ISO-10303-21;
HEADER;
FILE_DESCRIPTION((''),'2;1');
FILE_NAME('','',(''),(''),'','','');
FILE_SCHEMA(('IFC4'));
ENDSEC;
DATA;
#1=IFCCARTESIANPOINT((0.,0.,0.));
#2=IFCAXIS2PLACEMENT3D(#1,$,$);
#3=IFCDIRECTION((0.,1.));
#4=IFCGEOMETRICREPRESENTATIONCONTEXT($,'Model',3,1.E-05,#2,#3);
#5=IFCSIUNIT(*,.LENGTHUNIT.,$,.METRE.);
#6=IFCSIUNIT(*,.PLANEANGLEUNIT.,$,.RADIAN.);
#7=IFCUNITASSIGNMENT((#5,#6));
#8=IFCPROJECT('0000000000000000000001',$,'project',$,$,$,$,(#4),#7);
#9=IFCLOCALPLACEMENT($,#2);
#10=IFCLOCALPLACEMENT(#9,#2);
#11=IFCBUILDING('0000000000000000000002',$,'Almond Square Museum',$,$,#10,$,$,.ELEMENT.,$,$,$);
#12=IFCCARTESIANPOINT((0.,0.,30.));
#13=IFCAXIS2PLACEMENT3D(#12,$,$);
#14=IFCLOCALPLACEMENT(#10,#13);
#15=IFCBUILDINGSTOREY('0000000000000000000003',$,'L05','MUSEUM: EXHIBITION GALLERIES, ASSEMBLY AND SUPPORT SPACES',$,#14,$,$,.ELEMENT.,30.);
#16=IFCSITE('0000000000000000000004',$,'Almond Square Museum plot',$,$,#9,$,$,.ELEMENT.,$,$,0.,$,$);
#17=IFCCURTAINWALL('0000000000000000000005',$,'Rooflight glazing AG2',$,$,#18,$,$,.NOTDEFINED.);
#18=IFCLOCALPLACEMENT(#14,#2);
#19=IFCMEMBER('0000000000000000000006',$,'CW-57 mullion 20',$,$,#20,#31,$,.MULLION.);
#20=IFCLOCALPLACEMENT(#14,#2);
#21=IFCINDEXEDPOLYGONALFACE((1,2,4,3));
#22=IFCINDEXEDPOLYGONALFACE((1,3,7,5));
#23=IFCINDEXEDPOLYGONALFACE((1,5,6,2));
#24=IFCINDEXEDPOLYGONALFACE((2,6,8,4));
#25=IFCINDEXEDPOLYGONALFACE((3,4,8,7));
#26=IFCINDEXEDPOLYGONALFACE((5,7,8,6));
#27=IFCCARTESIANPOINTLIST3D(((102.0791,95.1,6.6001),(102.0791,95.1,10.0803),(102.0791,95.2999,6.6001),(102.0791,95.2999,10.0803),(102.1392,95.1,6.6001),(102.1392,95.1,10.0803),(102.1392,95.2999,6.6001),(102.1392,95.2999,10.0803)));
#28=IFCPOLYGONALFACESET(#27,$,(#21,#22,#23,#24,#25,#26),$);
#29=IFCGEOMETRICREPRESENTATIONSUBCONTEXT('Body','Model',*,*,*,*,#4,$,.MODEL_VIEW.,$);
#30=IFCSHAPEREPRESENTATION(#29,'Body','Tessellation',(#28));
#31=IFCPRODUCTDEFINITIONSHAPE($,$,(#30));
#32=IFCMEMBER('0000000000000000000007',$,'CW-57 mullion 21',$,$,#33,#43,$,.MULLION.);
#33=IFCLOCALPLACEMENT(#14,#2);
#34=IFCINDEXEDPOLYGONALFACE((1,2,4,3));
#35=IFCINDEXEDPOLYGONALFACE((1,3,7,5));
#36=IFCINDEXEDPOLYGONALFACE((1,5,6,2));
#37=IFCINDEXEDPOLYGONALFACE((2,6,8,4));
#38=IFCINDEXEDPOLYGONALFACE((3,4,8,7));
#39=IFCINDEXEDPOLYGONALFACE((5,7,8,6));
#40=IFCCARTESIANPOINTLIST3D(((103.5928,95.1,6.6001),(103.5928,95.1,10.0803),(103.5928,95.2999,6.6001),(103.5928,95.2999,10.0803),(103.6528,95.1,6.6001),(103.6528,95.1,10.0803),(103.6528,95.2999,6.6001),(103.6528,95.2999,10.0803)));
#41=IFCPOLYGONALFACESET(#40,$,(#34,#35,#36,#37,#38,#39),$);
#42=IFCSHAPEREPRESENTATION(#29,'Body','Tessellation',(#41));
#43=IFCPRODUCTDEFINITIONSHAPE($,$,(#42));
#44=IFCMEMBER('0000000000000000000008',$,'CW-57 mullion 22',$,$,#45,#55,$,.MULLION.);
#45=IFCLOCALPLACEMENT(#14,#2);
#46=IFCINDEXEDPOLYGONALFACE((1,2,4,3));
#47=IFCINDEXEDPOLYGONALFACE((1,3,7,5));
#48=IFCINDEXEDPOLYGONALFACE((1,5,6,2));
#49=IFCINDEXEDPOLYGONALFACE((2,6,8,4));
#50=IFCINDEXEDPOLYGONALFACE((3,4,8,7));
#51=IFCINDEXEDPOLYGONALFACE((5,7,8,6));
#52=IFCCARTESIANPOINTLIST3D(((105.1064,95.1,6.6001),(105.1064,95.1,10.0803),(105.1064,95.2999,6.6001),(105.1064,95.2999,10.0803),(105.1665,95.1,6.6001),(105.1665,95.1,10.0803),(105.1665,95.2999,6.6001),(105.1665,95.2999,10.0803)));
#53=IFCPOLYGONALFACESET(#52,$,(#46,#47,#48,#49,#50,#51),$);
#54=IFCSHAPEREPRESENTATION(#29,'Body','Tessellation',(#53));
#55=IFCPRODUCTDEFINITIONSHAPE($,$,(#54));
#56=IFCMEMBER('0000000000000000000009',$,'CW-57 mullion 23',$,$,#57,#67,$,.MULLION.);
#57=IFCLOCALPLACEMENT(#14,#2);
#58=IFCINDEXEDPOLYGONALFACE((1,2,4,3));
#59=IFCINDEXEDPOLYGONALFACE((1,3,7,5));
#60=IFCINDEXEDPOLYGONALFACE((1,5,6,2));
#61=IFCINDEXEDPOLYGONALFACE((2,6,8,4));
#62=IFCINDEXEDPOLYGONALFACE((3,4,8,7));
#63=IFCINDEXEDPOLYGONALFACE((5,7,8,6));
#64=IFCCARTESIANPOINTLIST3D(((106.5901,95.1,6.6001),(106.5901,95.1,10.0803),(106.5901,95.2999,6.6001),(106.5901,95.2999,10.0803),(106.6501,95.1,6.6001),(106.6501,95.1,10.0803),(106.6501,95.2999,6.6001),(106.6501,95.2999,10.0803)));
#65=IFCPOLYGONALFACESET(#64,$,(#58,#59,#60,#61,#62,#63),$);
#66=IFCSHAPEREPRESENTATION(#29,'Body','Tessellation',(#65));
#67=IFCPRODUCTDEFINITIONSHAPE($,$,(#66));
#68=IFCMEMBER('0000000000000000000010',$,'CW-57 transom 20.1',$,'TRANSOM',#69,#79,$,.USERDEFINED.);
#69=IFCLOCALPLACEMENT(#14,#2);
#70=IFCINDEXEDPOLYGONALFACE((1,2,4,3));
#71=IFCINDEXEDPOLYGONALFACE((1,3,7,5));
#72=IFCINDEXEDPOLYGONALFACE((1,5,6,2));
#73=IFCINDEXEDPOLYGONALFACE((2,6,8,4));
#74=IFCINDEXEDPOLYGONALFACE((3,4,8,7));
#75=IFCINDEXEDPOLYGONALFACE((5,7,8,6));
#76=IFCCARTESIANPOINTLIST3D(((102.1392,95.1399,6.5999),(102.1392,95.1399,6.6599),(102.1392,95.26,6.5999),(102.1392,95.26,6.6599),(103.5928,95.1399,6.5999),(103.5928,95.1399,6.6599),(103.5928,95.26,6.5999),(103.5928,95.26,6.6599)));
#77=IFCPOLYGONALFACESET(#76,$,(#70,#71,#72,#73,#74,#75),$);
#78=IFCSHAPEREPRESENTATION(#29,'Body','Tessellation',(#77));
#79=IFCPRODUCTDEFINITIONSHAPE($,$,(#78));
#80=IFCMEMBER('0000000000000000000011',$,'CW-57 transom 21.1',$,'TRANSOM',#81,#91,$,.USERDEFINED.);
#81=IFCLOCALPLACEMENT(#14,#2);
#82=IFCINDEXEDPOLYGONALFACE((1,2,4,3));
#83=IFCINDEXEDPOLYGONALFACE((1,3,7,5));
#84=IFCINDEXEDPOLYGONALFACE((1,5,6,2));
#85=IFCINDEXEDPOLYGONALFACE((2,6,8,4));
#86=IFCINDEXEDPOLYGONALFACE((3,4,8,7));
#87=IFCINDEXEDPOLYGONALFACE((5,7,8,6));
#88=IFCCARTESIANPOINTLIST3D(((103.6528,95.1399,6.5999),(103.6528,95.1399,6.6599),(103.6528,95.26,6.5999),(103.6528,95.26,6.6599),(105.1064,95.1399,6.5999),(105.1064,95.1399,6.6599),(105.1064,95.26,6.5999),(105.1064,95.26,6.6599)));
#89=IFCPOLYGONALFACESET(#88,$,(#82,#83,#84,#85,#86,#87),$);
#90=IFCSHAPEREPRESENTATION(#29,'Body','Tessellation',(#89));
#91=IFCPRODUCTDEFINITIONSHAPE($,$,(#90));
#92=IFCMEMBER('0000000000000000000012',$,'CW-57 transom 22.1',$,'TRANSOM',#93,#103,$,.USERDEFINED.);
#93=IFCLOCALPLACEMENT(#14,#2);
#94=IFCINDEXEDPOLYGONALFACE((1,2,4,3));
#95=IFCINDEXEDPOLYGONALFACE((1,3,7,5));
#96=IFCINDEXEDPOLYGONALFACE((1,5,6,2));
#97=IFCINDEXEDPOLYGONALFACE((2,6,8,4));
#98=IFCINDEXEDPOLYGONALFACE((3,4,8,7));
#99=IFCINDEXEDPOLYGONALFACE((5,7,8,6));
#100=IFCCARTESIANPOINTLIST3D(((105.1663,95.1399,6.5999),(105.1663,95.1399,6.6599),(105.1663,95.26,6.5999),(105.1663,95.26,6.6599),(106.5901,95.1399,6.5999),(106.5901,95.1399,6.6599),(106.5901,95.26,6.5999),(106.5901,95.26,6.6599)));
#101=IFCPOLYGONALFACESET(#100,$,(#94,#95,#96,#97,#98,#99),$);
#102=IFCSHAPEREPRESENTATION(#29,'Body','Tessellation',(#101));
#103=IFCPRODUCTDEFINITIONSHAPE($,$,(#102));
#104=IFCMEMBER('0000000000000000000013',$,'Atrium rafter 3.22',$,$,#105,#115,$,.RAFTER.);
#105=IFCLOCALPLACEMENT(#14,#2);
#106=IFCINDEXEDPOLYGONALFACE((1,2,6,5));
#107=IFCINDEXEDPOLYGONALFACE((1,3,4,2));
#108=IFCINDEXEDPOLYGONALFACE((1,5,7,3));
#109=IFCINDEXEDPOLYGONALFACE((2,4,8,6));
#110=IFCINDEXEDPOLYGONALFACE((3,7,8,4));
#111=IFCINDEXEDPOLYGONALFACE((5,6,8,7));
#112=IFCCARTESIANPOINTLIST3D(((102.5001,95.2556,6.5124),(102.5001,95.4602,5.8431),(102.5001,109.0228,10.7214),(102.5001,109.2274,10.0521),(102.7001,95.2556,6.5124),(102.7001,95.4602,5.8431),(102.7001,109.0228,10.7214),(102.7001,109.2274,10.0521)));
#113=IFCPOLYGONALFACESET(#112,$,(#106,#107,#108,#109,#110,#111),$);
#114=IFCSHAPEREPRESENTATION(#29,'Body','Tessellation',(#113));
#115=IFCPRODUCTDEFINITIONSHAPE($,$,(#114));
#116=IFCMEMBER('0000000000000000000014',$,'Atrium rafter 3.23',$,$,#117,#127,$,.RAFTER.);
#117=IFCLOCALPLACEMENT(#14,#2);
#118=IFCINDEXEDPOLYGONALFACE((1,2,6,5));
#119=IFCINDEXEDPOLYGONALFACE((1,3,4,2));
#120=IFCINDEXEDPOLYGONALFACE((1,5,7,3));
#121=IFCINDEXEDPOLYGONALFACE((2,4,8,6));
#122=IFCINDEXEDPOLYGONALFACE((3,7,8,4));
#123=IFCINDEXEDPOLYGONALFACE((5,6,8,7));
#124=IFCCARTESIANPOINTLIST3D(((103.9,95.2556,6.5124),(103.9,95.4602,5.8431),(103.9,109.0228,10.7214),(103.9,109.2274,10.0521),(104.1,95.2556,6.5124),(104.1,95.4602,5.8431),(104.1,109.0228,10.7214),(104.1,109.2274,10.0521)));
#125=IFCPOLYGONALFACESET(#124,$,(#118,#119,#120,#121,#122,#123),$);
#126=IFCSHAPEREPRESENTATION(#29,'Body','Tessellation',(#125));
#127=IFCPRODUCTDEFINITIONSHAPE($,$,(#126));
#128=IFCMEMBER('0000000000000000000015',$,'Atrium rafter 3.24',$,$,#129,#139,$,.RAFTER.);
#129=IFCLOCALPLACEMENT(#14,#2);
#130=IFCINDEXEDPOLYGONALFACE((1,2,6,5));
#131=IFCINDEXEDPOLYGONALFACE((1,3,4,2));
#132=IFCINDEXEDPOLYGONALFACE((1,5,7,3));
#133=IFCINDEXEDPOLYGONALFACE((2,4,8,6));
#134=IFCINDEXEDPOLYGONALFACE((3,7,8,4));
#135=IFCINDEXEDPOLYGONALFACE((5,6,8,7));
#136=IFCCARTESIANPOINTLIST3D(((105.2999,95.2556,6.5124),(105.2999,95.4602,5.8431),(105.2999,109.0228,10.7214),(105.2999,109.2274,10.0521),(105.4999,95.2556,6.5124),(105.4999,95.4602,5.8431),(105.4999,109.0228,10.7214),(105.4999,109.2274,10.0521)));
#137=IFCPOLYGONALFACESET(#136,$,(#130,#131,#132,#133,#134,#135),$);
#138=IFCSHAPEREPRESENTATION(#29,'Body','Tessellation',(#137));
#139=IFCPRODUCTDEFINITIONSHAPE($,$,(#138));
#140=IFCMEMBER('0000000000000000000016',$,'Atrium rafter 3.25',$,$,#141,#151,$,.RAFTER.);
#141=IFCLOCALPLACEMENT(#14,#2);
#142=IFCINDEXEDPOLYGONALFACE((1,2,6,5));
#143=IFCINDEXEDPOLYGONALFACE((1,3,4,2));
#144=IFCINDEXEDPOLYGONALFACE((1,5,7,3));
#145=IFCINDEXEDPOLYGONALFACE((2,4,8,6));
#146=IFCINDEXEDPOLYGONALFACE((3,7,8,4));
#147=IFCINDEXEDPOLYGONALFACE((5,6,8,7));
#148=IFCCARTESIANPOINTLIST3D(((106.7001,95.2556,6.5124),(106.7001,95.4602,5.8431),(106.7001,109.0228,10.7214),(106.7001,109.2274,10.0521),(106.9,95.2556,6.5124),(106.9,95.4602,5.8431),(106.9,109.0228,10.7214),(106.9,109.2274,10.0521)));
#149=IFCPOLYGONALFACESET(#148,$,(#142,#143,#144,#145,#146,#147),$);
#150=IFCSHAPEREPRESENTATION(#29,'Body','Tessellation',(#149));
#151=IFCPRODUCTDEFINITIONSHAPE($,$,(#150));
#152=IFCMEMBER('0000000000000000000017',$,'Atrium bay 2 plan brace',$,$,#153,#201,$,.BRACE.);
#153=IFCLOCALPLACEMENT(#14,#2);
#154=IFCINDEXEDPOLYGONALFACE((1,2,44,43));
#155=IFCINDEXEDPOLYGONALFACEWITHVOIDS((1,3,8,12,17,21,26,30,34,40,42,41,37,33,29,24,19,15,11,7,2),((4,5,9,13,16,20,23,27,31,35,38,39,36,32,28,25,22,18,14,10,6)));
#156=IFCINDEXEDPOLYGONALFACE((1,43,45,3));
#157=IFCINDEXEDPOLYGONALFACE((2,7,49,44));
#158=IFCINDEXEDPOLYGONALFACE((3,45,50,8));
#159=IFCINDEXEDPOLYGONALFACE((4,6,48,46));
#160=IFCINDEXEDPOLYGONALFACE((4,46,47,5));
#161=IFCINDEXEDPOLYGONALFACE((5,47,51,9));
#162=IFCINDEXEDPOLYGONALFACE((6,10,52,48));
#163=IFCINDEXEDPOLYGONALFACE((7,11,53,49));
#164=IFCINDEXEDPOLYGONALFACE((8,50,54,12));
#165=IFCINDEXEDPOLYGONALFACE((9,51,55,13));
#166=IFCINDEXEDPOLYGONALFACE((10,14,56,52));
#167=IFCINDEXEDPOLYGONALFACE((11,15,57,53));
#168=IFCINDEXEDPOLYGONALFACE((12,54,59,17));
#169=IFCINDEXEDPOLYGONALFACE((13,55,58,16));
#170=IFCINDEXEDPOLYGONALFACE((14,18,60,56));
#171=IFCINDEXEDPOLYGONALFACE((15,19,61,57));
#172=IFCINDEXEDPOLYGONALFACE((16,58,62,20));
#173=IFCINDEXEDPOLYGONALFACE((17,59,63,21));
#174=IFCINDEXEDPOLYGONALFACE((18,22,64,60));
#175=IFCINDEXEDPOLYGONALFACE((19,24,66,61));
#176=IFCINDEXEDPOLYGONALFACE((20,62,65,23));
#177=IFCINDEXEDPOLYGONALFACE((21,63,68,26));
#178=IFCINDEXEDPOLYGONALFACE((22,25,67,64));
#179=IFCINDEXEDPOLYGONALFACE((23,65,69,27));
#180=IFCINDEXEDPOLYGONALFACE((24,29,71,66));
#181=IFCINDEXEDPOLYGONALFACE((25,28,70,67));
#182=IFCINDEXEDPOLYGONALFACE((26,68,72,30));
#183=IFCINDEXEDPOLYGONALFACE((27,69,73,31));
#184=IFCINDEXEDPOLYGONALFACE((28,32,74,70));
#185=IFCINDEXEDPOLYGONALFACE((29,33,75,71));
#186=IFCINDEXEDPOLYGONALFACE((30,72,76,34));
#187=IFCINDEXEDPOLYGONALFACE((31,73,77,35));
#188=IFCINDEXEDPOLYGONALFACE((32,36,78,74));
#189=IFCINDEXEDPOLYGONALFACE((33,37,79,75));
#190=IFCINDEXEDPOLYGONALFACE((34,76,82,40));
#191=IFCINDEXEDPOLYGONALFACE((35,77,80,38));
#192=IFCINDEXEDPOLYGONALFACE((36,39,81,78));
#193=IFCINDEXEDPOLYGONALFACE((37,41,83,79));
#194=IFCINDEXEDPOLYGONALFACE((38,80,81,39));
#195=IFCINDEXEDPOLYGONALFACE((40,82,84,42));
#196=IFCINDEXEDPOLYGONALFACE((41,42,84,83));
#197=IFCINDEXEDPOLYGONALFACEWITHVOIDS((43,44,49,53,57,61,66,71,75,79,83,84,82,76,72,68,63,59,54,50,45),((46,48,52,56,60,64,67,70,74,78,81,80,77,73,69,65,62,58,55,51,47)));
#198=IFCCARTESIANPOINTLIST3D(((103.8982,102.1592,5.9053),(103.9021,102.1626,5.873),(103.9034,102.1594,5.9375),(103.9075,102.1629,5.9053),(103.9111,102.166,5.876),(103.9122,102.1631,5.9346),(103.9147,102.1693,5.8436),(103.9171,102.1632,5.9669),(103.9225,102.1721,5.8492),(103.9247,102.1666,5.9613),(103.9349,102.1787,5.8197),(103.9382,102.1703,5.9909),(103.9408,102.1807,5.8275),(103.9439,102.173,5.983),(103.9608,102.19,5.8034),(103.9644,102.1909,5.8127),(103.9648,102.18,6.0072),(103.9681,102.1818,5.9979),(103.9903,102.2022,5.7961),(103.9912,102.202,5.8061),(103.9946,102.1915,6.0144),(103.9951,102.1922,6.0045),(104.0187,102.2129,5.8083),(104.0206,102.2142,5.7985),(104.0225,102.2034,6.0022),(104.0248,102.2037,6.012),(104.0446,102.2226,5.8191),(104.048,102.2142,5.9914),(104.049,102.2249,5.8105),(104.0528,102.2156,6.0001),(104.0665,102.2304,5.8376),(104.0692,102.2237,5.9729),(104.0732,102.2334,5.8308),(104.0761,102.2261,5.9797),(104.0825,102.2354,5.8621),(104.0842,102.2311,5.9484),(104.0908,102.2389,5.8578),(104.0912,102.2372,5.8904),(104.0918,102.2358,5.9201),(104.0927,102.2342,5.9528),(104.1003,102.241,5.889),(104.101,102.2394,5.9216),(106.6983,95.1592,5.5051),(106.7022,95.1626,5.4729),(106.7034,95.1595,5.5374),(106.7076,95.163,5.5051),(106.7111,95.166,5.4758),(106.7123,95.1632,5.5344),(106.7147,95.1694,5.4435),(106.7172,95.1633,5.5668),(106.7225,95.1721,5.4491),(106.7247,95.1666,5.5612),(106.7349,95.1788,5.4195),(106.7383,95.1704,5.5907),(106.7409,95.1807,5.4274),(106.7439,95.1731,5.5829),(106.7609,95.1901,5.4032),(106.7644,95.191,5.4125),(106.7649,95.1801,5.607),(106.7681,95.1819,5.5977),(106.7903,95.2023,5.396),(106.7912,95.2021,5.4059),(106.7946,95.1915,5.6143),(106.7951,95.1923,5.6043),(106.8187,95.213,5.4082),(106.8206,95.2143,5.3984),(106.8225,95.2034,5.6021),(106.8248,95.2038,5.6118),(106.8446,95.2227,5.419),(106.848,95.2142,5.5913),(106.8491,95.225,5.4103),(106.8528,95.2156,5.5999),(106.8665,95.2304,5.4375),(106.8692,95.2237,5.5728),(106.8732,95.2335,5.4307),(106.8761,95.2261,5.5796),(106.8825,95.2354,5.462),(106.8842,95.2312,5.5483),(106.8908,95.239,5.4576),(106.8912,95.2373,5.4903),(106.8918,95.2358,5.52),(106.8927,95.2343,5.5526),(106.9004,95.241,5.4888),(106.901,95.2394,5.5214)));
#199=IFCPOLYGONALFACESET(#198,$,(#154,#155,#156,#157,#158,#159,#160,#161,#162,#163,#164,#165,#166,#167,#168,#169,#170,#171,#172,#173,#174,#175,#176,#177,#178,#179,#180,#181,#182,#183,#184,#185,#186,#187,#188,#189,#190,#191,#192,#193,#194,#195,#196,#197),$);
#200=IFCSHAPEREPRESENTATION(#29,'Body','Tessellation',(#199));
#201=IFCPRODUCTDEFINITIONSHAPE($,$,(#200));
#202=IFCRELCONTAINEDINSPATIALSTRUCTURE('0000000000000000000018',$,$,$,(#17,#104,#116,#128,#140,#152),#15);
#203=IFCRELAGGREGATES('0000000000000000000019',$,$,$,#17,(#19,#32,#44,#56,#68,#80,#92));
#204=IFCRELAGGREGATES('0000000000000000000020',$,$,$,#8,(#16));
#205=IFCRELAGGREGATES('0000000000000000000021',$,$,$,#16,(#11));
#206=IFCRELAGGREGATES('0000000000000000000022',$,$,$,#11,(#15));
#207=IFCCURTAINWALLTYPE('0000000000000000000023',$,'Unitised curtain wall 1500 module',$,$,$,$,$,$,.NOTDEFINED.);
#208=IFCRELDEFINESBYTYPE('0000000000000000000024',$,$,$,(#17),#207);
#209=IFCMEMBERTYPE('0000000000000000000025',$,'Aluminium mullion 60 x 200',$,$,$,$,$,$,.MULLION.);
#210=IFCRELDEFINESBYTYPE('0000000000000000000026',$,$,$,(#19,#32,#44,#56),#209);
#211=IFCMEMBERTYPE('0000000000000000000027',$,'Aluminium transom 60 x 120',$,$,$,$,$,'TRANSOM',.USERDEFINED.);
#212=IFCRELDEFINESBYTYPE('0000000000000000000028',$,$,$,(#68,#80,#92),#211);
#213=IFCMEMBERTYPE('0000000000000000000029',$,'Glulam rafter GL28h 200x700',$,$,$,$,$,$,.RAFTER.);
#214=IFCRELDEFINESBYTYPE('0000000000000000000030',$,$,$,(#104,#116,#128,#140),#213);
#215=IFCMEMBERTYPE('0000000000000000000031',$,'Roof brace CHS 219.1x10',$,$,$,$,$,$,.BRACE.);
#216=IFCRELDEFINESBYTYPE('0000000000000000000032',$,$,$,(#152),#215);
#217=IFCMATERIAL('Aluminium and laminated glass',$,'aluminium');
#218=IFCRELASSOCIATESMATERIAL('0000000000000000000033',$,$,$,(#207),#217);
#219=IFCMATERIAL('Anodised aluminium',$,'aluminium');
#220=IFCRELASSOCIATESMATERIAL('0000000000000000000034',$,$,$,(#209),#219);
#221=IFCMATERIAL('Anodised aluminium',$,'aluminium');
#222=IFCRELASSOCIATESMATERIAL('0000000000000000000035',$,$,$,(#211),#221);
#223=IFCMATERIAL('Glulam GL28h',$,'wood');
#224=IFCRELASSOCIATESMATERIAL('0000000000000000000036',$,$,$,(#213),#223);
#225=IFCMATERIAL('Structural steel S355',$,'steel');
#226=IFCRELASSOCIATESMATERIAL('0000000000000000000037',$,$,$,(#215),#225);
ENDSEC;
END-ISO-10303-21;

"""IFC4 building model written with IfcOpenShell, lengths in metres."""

from ifc_helpers import new_model, si_unit, direction, frame, origin, origin_2d, place, context, subcontext, project, spatial, rectangle, hollow_circle, extrude, material, material_profile, profile_set, type_object, element, aggregate, save


model = new_model("IFC4")

# Units and contexts
model_context = context("Model", 3, precision=1e-05, world=origin(), true_north=direction((0.0, 1.0)))
body_context = subcontext(model_context, "Body", "Model", "MODEL_VIEW")
ifc_project = project(units=[si_unit("LENGTHUNIT", "METRE"), si_unit("PLANEANGLEUNIT", "RADIAN")], contexts=[model_context])

# Site, building, storey
site_placement = place(None, origin())
site = spatial("IfcSite", under=ifc_project, at=site_placement, Name="Almond Square Museum plot", CompositionType="ELEMENT", RefElevation=0.0)
building_placement = place(site_placement, origin())
building = spatial("IfcBuilding", under=site, at=building_placement, Name="Almond Square Museum", CompositionType="ELEMENT")
storey_placement = place(building_placement, frame((0.0, 0.0, 30.0)))
storey = spatial("IfcBuildingStorey", under=building, at=storey_placement, Name="L05", Description="MUSEUM: EXHIBITION GALLERIES, ASSEMBLY AND SUPPORT SPACES", CompositionType="ELEMENT", Elevation=30.0)

# Curtain wall, members
ifc_material_1 = material(Name="Aluminium and laminated glass", Category="aluminium")
curtain_wall_type = type_object("IfcCurtainWallType", Name="Unitised curtain wall 1500 module", PredefinedType="NOTDEFINED", material=ifc_material_1)
curtain_wall_placement = place(storey_placement, origin())
curtain_wall = element("IfcCurtainWall", 1, at=curtain_wall_placement, inside=storey, type_object=curtain_wall_type, Name="Rooflight glazing AG2", PredefinedType="NOTDEFINED")
ifc_material_2 = material(Name="Anodised aluminium", Category="aluminium")
ifc_material_profile_1 = material_profile(ifc_material_2, rectangle(XDim=0.2, YDim=0.0601, at=origin_2d()))
ifc_profile_set_1 = profile_set([ifc_material_profile_1], Name="Anodised aluminium")
member_type_1 = type_object("IfcMemberType", Name="Aluminium mullion 60 x 200", PredefinedType="MULLION", material=ifc_profile_set_1)
member_1_placement = place(storey_placement, frame((102.1091, 95.2, 6.6001), z_axis=(0.0, 0.0, 1.0), x_axis=(0.0, 1.0, 0.0)))
member_1 = element("IfcMember", 2, at=member_1_placement, type_object=member_type_1, Name="CW-57 mullion 20", PredefinedType="MULLION", context=body_context, shape_type="SweptSolid", body=[
    extrude(rectangle(XDim=0.2, YDim=0.0601, at=origin_2d()), origin(), (0.0, 0.0, 1.0), 3.4802),
])
member_2_placement = place(storey_placement, frame((103.6228, 95.2, 6.6001), z_axis=(0.0, 0.0, 1.0), x_axis=(0.0, 1.0, 0.0)))
member_2 = element("IfcMember", 3, at=member_2_placement, type_object=member_type_1, Name="CW-57 mullion 21", PredefinedType="MULLION", context=body_context, shape_type="SweptSolid", body=[
    extrude(rectangle(XDim=0.2, YDim=0.0601, at=origin_2d()), origin(), (0.0, 0.0, 1.0), 3.4802),
])
member_3_placement = place(storey_placement, frame((105.1365, 95.2, 6.6001), z_axis=(0.0, 0.0, 1.0), x_axis=(0.0, 1.0, 0.0)))
member_3 = element("IfcMember", 4, at=member_3_placement, type_object=member_type_1, Name="CW-57 mullion 22", PredefinedType="MULLION", context=body_context, shape_type="SweptSolid", body=[
    extrude(rectangle(XDim=0.2, YDim=0.0601, at=origin_2d()), origin(), (0.0, 0.0, 1.0), 3.4802),
])
member_4_placement = place(storey_placement, frame((106.6201, 95.2, 6.6001), z_axis=(0.0, 0.0, 1.0), x_axis=(0.0, 1.0, 0.0)))
member_4 = element("IfcMember", 5, at=member_4_placement, type_object=member_type_1, Name="CW-57 mullion 23", PredefinedType="MULLION", context=body_context, shape_type="SweptSolid", body=[
    extrude(rectangle(XDim=0.2, YDim=0.0601, at=origin_2d()), origin(), (0.0, 0.0, 1.0), 3.4802),
])
ifc_material_3 = material(Name="Anodised aluminium", Category="aluminium")
ifc_material_profile_2 = material_profile(ifc_material_3, rectangle(XDim=0.1201, YDim=0.0601, at=origin_2d()))
ifc_profile_set_2 = profile_set([ifc_material_profile_2], Name="Anodised aluminium")
member_type_2 = type_object("IfcMemberType", Name="Aluminium transom 60 x 120", ElementType="TRANSOM", PredefinedType="USERDEFINED", material=ifc_profile_set_2)
member_5_placement = place(storey_placement, frame((102.1392, 95.2, 6.6299), z_axis=(1.0, 0.0, 0.0), x_axis=(0.0, 1.0, 0.0)))
member_5 = element("IfcMember", 6, at=member_5_placement, type_object=member_type_2, Name="CW-57 transom 20.1", ObjectType="TRANSOM", PredefinedType="USERDEFINED", context=body_context, shape_type="SweptSolid", body=[
    extrude(rectangle(XDim=0.1201, YDim=0.0601, at=origin_2d()), origin(), (0.0, 0.0, 1.0), 1.4536),
])
member_6_placement = place(storey_placement, frame((103.6528, 95.2, 6.6299), z_axis=(1.0, 0.0, 0.0), x_axis=(0.0, 1.0, 0.0)))
member_6 = element("IfcMember", 7, at=member_6_placement, type_object=member_type_2, Name="CW-57 transom 21.1", ObjectType="TRANSOM", PredefinedType="USERDEFINED", context=body_context, shape_type="SweptSolid", body=[
    extrude(rectangle(XDim=0.1201, YDim=0.0601, at=origin_2d()), origin(), (0.0, 0.0, 1.0), 1.4536),
])
member_7_placement = place(storey_placement, frame((105.1663, 95.2, 6.6299), z_axis=(1.0, 0.0, 0.0), x_axis=(0.0, 1.0, 0.0)))
member_7 = element("IfcMember", 8, at=member_7_placement, type_object=member_type_2, Name="CW-57 transom 22.1", ObjectType="TRANSOM", PredefinedType="USERDEFINED", context=body_context, shape_type="SweptSolid", body=[
    extrude(rectangle(XDim=0.1201, YDim=0.0601, at=origin_2d()), origin(), (0.0, 0.0, 1.0), 1.4238),
])

# Members
ifc_material_4 = material(Name="Glulam GL28h", Category="wood")
ifc_material_profile_3 = material_profile(ifc_material_4, rectangle(XDim=0.2, YDim=0.7, at=origin_2d()))
ifc_profile_set_3 = profile_set([ifc_material_profile_3], Name="Glulam GL28h")
member_type_3 = type_object("IfcMemberType", Name="Glulam rafter GL28h 200x700", PredefinedType="RAFTER", material=ifc_profile_set_3)
for number, where, z_axis, x_axis, name in (
    (9, (102.6001, 95.3579, 6.1777), (0.0, 0.956305, 0.292369), (-1.0, 0.0, 0.0), "Atrium rafter 3.22"),
    (10, (104.0, 95.3579, 6.1777), (0.0, 0.956305, 0.292369), (-1.0, 0.0, 0.0), "Atrium rafter 3.23"),
    (11, (105.3999, 95.3579, 6.1777), (0.0, 0.956305, 0.292369), (-1.0, 0.0, 0.0), "Atrium rafter 3.24"),
    (12, (106.8, 95.3579, 6.1777), (0.0, 0.956305, 0.292369), (-1.0, 0.0, 0.0), "Atrium rafter 3.25"),
):
    element("IfcMember", number, at=place(storey_placement, frame(where, z_axis=z_axis, x_axis=x_axis)), inside=storey, type_object=member_type_3, Name=name, PredefinedType="RAFTER", context=body_context, shape_type="SweptSolid", body=[
        extrude(rectangle(XDim=0.2, YDim=0.7, at=origin_2d()), origin(), (0.0, 0.0, 1.0), 14.3962),
    ])
ifc_material_5 = material(Name="Structural steel S355", Category="steel")
ifc_material_profile_4 = material_profile(ifc_material_5, hollow_circle(Radius=0.1096, WallThickness=0.01, at=origin_2d()))
ifc_profile_set_4 = profile_set([ifc_material_profile_4], Name="Structural steel S355")
member_type_4 = type_object("IfcMemberType", Name="Roof brace CHS 219.1x10", PredefinedType="BRACE", material=ifc_profile_set_4)
member_8_placement = place(storey_placement, frame((106.8, 95.2, 5.5051), z_axis=(-0.370874, 0.927169, 0.053001), x_axis=(-0.928474, -0.371396, 0.0)))
element("IfcMember", 13, at=member_8_placement, inside=storey, type_object=member_type_4, Name="Atrium bay 2 plan brace", PredefinedType="BRACE", context=body_context, shape_type="SweptSolid", body=[
    extrude(hollow_circle(Radius=0.1096, WallThickness=0.01, at=origin_2d()), origin(), (0.0, 0.0, 1.0), 7.5498),
])

aggregate(curtain_wall, [member_1, member_2, member_3, member_4, member_5, member_6, member_7])

save(model, "model.ifc")
